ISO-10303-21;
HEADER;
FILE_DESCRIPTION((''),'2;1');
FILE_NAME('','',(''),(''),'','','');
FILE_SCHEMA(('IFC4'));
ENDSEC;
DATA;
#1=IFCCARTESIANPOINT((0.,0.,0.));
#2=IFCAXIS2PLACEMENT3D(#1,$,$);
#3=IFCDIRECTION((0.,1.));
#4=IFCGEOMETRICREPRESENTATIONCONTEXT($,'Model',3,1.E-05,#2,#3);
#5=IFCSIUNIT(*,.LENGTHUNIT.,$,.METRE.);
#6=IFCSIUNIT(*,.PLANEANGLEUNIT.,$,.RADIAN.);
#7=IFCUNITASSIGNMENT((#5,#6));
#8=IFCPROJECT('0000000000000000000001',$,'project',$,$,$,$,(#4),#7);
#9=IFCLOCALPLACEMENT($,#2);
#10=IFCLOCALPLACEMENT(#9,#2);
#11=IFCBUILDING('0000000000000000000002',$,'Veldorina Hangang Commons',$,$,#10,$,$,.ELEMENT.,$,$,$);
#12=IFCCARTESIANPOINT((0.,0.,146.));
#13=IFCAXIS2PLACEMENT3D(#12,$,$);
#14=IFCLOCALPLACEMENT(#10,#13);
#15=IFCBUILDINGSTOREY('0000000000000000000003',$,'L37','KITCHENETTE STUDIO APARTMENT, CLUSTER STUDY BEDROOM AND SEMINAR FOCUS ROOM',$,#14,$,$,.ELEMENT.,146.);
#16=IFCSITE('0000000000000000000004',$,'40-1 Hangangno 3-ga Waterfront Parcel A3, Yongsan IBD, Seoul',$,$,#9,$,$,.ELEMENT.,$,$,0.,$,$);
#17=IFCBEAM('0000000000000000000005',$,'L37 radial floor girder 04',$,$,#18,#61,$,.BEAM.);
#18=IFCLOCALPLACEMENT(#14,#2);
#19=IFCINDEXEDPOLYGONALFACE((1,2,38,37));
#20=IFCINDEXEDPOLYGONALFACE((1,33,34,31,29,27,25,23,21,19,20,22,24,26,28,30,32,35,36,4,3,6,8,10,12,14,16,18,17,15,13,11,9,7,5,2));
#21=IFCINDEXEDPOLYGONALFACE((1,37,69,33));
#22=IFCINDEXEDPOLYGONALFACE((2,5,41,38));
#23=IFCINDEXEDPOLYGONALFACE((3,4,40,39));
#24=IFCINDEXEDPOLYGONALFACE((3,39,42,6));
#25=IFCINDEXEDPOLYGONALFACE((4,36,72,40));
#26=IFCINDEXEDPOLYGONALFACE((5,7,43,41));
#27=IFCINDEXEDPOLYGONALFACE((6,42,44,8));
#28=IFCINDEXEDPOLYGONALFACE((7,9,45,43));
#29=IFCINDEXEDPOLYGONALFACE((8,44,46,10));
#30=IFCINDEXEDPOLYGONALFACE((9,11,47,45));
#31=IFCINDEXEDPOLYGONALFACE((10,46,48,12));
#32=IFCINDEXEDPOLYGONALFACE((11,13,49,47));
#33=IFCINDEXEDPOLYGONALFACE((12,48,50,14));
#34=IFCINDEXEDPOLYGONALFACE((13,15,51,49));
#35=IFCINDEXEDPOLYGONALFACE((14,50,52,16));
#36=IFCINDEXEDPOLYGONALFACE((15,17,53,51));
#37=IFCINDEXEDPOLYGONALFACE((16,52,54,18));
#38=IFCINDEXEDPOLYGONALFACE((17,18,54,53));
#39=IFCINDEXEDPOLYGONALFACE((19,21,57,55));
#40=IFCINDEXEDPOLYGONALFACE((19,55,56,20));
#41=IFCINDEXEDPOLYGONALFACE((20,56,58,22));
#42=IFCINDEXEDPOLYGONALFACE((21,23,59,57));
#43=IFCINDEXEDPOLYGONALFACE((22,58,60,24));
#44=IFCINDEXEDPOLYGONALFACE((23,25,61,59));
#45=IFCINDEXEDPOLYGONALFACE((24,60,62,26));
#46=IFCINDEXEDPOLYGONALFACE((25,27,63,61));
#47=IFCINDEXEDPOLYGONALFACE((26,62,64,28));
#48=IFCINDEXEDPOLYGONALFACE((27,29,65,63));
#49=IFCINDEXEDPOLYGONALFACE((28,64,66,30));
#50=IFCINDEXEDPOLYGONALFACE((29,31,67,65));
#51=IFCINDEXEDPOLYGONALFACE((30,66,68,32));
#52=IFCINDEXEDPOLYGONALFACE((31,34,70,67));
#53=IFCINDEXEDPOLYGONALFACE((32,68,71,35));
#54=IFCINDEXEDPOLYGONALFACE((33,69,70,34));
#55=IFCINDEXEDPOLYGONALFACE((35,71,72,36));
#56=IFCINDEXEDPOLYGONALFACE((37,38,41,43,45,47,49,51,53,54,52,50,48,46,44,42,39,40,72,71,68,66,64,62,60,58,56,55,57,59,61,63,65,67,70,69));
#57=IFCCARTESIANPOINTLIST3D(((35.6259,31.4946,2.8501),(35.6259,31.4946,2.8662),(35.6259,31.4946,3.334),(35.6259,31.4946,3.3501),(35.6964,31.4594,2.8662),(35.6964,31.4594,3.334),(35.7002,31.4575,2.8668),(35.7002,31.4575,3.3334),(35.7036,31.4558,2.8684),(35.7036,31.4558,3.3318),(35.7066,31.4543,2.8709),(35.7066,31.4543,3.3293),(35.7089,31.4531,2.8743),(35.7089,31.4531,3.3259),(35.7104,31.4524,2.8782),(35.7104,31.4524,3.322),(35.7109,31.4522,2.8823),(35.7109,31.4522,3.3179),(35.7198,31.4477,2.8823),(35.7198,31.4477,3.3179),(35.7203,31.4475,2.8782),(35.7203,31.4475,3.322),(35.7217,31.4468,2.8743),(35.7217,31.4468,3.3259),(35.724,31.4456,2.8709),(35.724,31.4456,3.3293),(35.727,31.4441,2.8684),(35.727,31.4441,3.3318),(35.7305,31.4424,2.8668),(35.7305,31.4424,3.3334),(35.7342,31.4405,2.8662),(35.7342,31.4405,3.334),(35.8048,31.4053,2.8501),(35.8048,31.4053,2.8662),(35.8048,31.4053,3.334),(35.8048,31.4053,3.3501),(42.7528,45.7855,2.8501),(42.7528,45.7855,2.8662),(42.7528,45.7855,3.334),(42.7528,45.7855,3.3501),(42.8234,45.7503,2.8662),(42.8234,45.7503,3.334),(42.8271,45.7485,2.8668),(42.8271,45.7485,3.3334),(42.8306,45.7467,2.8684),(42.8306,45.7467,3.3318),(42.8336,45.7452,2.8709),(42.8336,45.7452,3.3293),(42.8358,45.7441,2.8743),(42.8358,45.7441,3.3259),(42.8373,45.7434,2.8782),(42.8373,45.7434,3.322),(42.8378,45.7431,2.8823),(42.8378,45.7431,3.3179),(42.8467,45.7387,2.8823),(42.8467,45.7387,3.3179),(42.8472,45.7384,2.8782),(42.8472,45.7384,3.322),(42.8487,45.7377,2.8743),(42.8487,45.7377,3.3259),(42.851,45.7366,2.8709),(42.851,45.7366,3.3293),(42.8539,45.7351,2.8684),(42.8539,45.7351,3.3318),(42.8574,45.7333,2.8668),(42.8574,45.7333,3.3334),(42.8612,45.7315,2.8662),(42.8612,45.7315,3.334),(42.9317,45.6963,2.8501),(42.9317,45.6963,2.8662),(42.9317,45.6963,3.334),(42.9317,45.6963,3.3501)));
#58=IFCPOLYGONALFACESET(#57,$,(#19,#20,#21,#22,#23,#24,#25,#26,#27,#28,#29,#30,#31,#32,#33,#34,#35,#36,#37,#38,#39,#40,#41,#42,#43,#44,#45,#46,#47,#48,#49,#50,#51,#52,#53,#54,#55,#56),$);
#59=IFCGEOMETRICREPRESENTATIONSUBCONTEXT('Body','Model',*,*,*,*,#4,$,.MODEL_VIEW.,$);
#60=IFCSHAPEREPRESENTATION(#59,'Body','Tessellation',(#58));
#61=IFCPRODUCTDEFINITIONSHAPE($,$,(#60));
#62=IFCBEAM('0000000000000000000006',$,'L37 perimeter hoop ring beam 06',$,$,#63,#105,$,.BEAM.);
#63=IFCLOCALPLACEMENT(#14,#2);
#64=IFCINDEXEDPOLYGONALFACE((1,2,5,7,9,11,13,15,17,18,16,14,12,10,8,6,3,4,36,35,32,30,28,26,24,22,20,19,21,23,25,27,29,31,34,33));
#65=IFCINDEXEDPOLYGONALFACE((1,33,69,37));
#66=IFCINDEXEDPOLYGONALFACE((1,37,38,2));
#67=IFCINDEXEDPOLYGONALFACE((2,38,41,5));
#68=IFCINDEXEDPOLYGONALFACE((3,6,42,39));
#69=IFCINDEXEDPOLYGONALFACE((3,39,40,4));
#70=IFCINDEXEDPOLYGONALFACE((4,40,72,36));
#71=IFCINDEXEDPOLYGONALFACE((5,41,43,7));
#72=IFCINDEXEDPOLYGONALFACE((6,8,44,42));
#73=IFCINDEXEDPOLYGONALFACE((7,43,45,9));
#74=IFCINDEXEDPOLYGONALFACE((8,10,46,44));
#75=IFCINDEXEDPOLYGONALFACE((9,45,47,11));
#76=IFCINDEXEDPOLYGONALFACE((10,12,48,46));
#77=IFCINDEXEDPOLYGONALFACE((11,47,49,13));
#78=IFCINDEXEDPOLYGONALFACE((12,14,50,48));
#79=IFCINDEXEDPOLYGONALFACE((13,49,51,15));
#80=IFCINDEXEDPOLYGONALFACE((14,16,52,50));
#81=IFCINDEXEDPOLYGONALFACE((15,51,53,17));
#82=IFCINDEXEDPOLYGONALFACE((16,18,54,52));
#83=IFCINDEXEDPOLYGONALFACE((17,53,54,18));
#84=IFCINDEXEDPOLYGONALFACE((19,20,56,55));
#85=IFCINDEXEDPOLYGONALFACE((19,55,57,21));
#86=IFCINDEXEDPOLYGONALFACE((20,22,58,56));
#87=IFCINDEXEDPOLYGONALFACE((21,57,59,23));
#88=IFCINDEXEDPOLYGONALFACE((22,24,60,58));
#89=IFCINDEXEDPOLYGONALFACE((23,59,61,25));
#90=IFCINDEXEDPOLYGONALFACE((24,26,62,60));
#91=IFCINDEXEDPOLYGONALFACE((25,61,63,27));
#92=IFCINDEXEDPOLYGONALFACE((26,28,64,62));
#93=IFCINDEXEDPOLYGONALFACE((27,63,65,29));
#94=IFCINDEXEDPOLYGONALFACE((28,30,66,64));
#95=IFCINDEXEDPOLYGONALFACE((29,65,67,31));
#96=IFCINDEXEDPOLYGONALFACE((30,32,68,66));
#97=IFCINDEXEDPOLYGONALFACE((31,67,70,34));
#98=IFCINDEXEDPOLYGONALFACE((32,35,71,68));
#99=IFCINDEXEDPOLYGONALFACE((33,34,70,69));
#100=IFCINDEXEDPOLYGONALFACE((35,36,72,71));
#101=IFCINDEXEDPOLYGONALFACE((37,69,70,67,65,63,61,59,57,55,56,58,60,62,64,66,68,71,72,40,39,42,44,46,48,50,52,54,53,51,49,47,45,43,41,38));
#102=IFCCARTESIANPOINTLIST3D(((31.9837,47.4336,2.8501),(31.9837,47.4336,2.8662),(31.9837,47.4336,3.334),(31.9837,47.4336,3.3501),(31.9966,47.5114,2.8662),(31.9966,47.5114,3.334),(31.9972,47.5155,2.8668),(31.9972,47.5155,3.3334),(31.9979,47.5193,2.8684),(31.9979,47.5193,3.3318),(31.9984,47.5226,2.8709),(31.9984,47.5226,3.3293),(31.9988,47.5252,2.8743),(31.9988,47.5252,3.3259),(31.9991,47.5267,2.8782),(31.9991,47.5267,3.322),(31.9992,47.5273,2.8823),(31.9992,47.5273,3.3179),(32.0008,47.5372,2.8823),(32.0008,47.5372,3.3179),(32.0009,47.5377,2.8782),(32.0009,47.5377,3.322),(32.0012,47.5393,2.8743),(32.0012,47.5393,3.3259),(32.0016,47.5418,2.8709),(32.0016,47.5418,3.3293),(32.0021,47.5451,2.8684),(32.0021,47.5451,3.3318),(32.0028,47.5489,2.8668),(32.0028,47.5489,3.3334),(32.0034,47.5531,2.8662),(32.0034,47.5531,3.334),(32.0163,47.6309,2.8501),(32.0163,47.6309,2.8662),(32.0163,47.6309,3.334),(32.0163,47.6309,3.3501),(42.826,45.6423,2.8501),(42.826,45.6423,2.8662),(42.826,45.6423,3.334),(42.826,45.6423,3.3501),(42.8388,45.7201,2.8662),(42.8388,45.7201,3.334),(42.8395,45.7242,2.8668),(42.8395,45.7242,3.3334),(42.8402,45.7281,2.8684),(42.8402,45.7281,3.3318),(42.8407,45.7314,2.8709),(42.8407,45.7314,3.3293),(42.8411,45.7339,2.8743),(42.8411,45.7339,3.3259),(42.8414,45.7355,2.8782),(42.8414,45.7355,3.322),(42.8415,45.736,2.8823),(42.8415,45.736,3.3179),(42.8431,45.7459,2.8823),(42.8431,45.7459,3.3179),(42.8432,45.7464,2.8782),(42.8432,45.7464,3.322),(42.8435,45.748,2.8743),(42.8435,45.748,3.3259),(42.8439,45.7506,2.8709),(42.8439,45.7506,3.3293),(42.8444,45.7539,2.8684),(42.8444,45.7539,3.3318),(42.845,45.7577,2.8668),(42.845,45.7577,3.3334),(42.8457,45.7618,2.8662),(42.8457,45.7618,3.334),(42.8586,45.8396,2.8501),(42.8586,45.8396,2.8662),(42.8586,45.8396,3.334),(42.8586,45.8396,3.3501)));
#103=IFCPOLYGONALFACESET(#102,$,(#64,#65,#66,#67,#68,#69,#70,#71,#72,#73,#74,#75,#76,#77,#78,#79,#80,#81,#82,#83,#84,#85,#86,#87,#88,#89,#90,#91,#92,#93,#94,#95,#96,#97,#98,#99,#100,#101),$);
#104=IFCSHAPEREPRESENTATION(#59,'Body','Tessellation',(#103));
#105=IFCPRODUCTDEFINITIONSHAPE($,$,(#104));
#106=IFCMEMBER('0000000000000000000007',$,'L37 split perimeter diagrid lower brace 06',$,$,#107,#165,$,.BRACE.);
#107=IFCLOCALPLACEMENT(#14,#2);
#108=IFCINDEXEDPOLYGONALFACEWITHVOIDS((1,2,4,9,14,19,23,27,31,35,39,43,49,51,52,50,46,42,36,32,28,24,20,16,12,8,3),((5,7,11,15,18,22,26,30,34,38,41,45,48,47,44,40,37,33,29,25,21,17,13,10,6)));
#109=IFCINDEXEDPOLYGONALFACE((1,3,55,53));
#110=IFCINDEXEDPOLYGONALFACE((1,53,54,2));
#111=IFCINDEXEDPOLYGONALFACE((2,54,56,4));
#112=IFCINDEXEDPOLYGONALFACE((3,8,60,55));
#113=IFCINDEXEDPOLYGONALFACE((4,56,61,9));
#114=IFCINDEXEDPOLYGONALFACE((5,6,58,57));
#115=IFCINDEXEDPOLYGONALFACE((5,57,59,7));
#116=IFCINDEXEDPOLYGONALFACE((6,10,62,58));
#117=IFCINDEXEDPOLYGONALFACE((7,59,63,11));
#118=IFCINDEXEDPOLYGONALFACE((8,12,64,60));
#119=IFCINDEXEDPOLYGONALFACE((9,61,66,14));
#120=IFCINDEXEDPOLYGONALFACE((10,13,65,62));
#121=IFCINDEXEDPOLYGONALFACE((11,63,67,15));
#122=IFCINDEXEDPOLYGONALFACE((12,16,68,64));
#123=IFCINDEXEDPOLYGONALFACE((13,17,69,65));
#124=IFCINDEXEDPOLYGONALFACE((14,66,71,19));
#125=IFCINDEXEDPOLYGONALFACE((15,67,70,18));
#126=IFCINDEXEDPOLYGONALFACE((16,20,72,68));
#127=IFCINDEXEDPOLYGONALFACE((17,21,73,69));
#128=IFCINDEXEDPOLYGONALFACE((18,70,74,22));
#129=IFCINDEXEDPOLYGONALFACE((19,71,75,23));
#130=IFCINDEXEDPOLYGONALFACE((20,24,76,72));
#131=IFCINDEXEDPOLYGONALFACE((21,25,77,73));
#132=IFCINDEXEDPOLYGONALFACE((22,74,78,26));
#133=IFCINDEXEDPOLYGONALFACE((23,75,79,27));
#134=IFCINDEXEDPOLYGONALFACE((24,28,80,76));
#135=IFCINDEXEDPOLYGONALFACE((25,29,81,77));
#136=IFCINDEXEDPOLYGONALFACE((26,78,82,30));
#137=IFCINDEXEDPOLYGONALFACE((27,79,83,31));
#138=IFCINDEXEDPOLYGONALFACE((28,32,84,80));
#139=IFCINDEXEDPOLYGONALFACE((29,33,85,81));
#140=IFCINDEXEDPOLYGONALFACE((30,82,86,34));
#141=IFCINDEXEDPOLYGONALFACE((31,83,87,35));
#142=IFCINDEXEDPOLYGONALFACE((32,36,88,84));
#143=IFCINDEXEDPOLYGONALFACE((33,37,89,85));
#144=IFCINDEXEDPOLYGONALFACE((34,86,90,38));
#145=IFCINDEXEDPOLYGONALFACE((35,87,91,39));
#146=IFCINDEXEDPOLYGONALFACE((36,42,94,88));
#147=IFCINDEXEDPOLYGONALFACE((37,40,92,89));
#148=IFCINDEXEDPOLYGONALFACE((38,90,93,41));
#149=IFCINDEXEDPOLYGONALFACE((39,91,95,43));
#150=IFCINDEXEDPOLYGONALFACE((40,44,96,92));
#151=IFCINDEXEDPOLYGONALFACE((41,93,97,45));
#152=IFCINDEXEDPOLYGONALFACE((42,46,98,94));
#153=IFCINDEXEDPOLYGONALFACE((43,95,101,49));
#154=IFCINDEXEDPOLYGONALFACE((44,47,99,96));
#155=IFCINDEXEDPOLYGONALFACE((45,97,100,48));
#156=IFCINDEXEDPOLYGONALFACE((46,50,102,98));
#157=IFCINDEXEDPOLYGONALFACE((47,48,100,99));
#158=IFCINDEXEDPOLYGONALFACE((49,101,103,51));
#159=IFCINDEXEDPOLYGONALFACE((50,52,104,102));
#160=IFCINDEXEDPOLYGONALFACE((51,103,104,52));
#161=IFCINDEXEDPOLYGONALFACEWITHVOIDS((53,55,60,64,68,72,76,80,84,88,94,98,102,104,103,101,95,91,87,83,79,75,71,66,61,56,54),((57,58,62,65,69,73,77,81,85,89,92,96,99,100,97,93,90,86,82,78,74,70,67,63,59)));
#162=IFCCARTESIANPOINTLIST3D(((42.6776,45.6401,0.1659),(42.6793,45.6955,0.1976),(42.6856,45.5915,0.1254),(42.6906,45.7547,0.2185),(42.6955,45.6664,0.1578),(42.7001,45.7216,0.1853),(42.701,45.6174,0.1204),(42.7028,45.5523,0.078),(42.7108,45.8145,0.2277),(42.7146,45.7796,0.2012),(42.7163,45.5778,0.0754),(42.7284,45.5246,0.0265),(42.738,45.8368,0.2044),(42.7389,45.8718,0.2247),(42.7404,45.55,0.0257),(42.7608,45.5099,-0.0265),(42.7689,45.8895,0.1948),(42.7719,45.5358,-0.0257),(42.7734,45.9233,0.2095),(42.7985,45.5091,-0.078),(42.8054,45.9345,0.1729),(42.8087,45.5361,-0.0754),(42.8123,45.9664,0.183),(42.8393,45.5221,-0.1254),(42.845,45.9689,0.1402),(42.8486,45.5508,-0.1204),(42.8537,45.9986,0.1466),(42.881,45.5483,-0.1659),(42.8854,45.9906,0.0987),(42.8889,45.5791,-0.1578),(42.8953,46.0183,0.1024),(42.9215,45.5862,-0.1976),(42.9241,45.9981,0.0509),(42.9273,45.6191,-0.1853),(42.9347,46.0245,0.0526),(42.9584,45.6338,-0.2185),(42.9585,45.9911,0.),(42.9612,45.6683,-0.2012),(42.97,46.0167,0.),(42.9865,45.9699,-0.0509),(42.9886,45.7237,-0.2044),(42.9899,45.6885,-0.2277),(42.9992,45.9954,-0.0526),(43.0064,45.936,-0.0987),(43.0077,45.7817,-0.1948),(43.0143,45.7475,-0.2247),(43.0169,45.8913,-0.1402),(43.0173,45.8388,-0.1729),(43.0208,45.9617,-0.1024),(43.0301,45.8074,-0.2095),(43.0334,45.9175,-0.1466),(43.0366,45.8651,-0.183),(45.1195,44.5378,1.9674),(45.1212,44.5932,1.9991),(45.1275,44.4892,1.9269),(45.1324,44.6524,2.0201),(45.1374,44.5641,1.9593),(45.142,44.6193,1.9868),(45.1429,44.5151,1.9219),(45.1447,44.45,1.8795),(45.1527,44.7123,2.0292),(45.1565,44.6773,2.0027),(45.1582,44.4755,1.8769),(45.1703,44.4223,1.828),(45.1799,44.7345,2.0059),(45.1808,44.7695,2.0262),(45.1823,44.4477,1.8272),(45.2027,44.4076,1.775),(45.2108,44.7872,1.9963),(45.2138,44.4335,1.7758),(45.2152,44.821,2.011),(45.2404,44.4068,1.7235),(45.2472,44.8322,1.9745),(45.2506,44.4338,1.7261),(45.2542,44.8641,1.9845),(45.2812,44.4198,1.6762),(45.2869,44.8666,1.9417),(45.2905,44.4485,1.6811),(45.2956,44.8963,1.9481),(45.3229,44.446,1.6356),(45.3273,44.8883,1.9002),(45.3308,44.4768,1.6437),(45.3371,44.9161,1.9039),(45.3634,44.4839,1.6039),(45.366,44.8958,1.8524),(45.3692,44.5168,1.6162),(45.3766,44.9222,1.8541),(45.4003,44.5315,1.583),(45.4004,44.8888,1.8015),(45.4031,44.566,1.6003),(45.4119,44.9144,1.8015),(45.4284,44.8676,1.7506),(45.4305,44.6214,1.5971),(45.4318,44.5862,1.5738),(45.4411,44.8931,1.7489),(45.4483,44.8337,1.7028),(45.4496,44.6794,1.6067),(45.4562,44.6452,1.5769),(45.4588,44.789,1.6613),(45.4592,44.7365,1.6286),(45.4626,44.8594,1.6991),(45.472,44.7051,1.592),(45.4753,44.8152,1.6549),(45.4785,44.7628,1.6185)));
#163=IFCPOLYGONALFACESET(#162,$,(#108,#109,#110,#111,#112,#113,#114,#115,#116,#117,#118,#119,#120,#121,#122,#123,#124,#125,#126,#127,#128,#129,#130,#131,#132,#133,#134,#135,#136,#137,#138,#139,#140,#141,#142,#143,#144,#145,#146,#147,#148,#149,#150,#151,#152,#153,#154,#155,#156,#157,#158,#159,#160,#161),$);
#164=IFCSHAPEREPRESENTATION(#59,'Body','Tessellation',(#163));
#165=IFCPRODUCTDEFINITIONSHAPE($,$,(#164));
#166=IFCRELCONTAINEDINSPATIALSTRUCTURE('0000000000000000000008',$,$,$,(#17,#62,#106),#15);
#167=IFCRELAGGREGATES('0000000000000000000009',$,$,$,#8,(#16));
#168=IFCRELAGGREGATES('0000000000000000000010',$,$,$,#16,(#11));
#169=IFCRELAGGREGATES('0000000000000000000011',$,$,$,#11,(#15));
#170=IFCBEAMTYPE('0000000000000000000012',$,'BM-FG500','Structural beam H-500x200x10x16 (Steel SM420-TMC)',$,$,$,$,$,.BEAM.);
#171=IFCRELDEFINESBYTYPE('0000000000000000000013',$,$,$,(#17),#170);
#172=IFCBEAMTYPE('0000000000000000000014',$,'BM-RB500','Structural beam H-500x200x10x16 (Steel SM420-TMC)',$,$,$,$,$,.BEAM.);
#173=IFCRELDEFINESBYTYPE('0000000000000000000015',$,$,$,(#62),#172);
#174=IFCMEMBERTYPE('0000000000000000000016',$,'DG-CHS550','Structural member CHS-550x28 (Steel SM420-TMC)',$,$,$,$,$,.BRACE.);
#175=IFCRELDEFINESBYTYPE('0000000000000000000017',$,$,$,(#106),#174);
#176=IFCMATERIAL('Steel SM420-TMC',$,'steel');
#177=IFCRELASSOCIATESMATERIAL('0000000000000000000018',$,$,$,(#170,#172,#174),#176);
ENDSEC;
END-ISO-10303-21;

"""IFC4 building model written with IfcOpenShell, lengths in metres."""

from ifc_helpers import new_model, si_unit, direction, frame, origin, origin_2d, place, context, subcontext, project, spatial, hollow_circle, i_section, extrude, material, material_profile, profile_set, type_object, element, save


model = new_model("IFC4")

# Units and contexts
model_context = context("Model", 3, precision=1e-05, world=origin(), true_north=direction((0.0, 1.0)))
body_context = subcontext(model_context, "Body", "Model", "MODEL_VIEW")
ifc_project = project(units=[si_unit("LENGTHUNIT", "METRE"), si_unit("PLANEANGLEUNIT", "RADIAN")], contexts=[model_context])

# Site, building, storey
site_placement = place(None, origin())
site = spatial("IfcSite", under=ifc_project, at=site_placement, Name="40-1 Hangangno 3-ga Waterfront Parcel A3, Yongsan IBD, Seoul", CompositionType="ELEMENT", RefElevation=0.0)
building_placement = place(site_placement, origin())
building = spatial("IfcBuilding", under=site, at=building_placement, Name="Veldorina Hangang Commons", CompositionType="ELEMENT")
storey_placement = place(building_placement, frame((0.0, 0.0, 146.0)))
storey = spatial("IfcBuildingStorey", under=building, at=storey_placement, Name="L37", Description="KITCHENETTE STUDIO APARTMENT, CLUSTER STUDY BEDROOM AND SEMINAR FOCUS ROOM", CompositionType="ELEMENT", Elevation=146.0)

# Beams
ifc_material_1 = material(Name="Steel SM420-TMC", Category="steel")
ifc_material_profile_1 = material_profile(ifc_material_1, i_section(OverallWidth=0.2, OverallDepth=0.5, WebThickness=0.01, FlangeThickness=0.0161, FilletRadius=0.0161, at=origin_2d()), Name="H-500x200x10x16")
ifc_profile_set_1 = profile_set([ifc_material_profile_1], Name="Steel SM420-TMC")
beam_type_1 = type_object("IfcBeamType", Name="BM-FG500", Description="Structural beam H-500x200x10x16 (Steel SM420-TMC)", PredefinedType="BEAM", material=ifc_profile_set_1)
beam_1_placement = place(storey_placement, frame((35.7153, 31.45, 3.1001), z_axis=(0.446284, 0.894891, 0.0), x_axis=(-0.894891, 0.446284, 0.0)))
element("IfcBeam", 1, at=beam_1_placement, inside=storey, type_object=beam_type_1, Name="L37 radial floor girder 04", PredefinedType="BEAM", context=body_context, shape_type="SweptSolid", body=[
    extrude(i_section(OverallWidth=0.2, OverallDepth=0.5, WebThickness=0.01, FlangeThickness=0.0161, FilletRadius=0.0161, at=origin_2d()), origin(), (0.0, 0.0, 1.0), 15.9695),
])
ifc_material_profile_2 = material_profile(ifc_material_1, i_section(OverallWidth=0.2, OverallDepth=0.5, WebThickness=0.01, FlangeThickness=0.0161, FilletRadius=0.0161, at=origin_2d()), Name="H-500x200x10x16")
ifc_profile_set_2 = profile_set([ifc_material_profile_2], Name="Steel SM420-TMC")
beam_type_2 = type_object("IfcBeamType", Name="BM-RB500", Description="Structural beam H-500x200x10x16 (Steel SM420-TMC)", PredefinedType="BEAM", material=ifc_profile_set_2)
beam_2_placement = place(storey_placement, frame((42.8423, 45.741, 3.1001), z_axis=(-0.986626, 0.163001, 0.0), x_axis=(-0.163001, -0.986626, 0.0)))
element("IfcBeam", 2, at=beam_2_placement, inside=storey, type_object=beam_type_2, Name="L37 perimeter hoop ring beam 06", PredefinedType="BEAM", context=body_context, shape_type="SweptSolid", body=[
    extrude(i_section(OverallWidth=0.2, OverallDepth=0.5, WebThickness=0.01, FlangeThickness=0.0161, FilletRadius=0.0161, at=origin_2d()), origin(), (0.0, 0.0, 1.0), 10.9893),
])

# Member
ifc_material_profile_3 = material_profile(ifc_material_1, hollow_circle(Radius=0.2749, WallThickness=0.0281, at=origin_2d()), Name="CHS-550x28")
ifc_profile_set_3 = profile_set([ifc_material_profile_3], Name="Steel SM420-TMC")
member_type = type_object("IfcMemberType", Name="DG-CHS550", Description="Structural member CHS-550x28 (Steel SM420-TMC)", PredefinedType="BRACE", material=ifc_profile_set_3)
member_1_placement = place(storey_placement, frame((42.8569, 45.7661, 0.0), z_axis=(0.756351, -0.341424, 0.557999), x_axis=(0.411433, 0.91144, 0.0)))
element("IfcMember", 3, at=member_1_placement, inside=storey, type_object=member_type, Name="L37 split perimeter diagrid lower brace 06", PredefinedType="BRACE", context=body_context, shape_type="SweptSolid", body=[
    extrude(hollow_circle(Radius=0.2749, WallThickness=0.0281, at=origin_2d()), origin(), (0.0, 0.0, 1.0), 3.2285),
])

save(model, "model.ifc")
